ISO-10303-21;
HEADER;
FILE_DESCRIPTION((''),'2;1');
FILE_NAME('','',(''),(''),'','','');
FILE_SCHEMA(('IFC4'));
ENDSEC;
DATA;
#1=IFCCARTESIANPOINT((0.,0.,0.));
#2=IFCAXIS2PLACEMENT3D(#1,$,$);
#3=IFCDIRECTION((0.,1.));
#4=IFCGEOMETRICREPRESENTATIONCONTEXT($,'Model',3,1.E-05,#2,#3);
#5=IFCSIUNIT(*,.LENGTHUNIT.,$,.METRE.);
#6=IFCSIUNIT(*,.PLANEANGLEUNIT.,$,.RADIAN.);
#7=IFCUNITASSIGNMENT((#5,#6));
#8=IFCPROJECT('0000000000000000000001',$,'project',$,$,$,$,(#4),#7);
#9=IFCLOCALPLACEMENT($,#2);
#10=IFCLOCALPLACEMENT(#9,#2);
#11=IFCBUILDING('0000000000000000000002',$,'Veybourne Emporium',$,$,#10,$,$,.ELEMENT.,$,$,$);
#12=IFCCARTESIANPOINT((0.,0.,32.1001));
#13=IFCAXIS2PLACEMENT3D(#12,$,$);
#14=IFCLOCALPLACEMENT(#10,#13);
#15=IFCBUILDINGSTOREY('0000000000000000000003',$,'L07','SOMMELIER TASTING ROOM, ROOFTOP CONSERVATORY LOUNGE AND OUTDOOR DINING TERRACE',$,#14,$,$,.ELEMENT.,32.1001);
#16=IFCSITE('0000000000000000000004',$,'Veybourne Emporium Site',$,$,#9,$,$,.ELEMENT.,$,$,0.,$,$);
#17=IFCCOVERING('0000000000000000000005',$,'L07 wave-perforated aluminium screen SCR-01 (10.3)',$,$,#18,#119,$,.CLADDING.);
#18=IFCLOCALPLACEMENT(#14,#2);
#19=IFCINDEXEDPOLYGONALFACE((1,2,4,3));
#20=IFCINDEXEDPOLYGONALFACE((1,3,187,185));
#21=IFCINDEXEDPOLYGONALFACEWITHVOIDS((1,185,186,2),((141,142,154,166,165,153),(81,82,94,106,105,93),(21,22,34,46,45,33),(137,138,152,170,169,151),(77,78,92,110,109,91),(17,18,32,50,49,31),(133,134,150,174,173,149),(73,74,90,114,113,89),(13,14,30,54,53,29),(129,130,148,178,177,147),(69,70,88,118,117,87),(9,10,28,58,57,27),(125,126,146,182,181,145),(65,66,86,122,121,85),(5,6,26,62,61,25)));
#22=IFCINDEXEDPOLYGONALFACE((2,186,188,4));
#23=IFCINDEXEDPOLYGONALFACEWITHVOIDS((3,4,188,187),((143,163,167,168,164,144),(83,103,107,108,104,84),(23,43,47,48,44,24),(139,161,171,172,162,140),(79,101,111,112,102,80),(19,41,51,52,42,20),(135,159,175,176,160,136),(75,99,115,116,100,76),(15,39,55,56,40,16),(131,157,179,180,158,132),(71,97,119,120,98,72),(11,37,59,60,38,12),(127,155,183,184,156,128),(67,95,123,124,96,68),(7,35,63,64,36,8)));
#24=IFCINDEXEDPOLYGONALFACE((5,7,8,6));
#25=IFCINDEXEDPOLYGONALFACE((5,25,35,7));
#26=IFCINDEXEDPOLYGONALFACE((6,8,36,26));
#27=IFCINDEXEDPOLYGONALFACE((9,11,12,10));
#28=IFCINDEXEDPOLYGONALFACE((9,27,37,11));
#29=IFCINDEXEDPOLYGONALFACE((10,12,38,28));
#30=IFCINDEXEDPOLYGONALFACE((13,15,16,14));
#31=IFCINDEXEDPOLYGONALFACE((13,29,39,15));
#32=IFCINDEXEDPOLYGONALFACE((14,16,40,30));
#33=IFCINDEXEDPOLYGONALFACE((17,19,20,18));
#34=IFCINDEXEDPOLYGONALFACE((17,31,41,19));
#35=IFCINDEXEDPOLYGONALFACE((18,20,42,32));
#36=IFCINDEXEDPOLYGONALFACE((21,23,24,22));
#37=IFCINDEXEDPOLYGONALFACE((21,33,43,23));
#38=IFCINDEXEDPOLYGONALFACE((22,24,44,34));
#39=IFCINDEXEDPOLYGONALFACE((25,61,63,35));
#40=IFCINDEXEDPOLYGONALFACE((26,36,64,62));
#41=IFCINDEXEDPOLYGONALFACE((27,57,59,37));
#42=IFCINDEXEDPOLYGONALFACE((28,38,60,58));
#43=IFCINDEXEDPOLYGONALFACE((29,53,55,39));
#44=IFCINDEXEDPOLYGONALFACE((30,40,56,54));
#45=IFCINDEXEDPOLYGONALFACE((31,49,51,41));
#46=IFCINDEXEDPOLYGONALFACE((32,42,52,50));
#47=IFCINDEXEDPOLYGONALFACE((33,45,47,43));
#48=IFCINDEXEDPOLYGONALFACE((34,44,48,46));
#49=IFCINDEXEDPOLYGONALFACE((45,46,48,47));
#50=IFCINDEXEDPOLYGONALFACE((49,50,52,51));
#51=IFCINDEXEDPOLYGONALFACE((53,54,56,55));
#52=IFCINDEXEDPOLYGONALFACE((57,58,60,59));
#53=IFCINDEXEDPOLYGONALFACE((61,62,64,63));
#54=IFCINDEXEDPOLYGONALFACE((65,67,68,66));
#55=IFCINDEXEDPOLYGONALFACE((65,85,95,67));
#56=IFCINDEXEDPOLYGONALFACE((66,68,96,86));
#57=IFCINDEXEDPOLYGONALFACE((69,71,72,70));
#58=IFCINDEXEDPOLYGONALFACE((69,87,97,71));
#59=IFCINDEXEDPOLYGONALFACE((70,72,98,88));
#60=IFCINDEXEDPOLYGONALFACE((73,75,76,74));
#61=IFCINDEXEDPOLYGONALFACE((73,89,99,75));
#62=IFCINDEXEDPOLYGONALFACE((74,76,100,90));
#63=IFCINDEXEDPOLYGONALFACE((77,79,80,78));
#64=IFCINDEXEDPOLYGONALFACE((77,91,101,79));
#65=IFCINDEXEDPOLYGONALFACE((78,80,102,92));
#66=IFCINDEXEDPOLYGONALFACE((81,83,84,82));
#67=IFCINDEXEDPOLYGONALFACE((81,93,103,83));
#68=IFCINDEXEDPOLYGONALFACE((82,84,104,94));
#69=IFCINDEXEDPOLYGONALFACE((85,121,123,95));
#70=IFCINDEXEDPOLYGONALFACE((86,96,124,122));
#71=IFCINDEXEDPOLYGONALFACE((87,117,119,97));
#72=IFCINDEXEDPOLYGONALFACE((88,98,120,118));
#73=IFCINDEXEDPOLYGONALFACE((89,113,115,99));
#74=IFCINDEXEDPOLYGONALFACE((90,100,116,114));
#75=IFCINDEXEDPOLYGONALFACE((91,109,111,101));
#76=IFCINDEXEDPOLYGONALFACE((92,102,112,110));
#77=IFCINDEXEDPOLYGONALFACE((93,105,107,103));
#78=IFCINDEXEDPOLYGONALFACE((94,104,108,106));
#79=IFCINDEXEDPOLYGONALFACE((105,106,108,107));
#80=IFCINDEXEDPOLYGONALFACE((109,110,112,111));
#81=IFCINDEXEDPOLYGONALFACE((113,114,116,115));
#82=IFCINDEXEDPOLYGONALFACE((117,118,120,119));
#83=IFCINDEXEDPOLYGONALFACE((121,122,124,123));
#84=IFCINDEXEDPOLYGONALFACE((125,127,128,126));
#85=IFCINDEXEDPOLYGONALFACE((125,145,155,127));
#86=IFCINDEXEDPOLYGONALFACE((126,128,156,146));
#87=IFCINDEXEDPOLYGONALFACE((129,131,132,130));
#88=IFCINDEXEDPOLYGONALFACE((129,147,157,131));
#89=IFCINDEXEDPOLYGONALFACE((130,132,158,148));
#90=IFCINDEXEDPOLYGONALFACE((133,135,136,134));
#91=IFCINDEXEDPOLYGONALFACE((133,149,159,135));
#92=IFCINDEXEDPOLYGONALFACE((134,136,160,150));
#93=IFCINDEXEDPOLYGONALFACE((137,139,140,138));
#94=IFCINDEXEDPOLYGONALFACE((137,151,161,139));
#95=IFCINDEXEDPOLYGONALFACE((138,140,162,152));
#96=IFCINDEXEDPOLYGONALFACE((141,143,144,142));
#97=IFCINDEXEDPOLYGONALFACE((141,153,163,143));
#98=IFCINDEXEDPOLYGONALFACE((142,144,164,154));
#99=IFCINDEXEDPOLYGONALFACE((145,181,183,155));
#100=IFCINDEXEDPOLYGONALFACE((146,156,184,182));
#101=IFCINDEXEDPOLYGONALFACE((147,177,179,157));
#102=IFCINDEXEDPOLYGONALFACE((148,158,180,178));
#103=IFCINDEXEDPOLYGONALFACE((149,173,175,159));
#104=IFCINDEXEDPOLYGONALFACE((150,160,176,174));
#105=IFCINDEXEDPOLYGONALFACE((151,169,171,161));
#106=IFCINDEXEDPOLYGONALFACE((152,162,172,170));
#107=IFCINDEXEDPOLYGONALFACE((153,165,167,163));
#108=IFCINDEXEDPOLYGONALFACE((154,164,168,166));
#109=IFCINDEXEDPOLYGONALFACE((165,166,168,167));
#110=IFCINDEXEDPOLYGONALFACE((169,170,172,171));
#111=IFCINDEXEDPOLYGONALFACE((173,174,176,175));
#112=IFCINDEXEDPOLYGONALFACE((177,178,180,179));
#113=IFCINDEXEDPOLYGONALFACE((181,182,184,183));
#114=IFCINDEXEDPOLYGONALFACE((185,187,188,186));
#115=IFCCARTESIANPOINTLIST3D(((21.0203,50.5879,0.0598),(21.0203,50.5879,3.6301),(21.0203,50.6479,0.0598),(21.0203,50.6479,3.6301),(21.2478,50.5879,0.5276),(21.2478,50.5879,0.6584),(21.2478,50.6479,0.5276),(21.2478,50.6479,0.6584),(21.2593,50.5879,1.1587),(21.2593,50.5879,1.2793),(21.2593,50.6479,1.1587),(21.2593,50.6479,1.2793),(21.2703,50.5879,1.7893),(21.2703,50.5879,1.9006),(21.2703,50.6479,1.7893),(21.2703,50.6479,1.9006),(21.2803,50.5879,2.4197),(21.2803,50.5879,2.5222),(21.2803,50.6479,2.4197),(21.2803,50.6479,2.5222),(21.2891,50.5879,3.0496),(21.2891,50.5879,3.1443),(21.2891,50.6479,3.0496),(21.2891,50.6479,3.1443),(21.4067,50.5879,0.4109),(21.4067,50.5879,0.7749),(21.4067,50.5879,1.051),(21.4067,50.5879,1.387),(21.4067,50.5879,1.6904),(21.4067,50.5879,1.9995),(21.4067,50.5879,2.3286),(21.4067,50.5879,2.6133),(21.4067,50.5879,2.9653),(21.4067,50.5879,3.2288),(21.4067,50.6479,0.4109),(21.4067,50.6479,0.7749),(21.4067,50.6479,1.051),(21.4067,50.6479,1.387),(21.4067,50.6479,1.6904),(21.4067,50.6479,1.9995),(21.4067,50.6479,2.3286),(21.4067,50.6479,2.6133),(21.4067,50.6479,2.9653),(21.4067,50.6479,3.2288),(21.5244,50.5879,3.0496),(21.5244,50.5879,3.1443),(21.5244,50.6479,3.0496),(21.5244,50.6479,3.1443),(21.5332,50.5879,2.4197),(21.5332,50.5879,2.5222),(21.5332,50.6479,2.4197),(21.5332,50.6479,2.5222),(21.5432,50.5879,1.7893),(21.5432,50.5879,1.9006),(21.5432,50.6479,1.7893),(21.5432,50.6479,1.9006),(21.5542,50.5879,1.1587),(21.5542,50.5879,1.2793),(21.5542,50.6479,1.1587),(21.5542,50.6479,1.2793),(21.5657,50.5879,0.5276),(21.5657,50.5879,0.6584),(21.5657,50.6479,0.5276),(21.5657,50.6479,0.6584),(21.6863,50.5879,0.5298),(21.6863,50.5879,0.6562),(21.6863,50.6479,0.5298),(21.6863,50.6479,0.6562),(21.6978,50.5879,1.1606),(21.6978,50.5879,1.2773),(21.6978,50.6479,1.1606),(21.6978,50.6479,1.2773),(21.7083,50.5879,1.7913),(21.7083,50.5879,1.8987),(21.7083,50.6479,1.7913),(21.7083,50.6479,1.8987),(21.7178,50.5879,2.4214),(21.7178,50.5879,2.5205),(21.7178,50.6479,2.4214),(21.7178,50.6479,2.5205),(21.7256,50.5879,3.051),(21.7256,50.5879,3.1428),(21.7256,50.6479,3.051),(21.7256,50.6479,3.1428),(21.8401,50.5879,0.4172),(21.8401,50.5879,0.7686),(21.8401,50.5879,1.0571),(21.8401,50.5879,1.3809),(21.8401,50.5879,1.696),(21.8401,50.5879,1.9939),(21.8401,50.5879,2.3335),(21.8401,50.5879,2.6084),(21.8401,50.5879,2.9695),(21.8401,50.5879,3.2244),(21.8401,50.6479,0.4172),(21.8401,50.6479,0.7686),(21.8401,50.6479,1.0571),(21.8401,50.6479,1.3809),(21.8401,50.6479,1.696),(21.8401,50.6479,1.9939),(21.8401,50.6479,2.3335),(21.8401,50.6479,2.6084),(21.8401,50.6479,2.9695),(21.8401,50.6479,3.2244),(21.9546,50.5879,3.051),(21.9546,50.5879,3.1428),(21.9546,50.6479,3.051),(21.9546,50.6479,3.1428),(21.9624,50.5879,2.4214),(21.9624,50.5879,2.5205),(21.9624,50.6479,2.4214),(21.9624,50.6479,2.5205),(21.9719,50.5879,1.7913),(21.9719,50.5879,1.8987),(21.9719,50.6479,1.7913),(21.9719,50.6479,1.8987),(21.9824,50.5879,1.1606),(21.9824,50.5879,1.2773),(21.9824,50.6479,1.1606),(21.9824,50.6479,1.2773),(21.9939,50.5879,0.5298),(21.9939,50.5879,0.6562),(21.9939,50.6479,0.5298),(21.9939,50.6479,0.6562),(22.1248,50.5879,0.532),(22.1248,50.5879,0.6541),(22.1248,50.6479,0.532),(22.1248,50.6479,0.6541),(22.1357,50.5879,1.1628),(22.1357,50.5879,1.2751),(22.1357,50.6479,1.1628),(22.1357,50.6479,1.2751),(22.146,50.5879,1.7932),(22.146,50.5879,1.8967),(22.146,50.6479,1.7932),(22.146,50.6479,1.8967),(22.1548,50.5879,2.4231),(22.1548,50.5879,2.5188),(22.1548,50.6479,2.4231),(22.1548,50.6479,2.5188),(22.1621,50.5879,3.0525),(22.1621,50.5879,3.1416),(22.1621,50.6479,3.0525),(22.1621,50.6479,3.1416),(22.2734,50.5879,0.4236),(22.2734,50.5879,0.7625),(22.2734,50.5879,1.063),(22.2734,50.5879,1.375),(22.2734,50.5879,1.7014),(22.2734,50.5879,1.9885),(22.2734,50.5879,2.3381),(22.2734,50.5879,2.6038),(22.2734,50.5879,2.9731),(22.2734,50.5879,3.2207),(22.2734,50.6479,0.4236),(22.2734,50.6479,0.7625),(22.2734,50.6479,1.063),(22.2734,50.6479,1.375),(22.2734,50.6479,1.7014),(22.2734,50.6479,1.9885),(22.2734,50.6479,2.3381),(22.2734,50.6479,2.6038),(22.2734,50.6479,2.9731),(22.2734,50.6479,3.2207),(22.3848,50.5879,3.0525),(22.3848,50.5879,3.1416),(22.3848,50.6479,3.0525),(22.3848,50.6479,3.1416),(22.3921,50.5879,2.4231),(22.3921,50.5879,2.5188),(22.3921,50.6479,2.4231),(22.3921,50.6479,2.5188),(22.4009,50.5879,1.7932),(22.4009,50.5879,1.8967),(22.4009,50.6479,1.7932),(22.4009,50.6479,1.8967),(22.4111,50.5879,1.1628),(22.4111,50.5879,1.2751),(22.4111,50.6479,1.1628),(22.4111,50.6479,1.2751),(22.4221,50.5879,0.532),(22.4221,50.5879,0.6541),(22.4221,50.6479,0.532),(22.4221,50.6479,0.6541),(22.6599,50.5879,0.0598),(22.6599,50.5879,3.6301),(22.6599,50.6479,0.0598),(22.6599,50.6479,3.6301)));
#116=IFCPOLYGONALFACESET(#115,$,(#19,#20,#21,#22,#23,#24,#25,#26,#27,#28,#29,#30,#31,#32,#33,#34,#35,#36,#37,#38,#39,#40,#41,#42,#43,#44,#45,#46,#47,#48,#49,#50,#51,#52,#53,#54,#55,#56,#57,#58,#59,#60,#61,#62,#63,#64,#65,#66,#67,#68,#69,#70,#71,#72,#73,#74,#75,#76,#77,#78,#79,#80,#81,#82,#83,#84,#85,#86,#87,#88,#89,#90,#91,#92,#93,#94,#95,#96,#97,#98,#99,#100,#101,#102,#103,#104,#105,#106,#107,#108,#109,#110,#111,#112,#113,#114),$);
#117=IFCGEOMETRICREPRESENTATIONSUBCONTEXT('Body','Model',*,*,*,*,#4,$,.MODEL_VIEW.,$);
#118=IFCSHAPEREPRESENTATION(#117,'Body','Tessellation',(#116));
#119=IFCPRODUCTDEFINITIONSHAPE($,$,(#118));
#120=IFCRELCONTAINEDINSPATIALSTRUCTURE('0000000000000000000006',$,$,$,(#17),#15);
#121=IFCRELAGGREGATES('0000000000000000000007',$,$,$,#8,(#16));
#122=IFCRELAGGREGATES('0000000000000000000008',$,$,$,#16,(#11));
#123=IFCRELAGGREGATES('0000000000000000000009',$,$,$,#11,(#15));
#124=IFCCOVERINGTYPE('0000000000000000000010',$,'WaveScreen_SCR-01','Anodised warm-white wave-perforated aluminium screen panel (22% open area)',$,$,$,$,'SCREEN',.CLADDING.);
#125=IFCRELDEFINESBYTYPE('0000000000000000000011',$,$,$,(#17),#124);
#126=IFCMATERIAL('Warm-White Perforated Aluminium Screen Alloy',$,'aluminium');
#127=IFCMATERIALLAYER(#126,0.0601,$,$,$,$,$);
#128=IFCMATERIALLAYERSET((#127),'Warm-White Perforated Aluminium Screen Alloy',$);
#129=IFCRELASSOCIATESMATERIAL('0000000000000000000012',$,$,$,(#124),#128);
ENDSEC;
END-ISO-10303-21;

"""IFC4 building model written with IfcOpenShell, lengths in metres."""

from ifc_helpers import new_model, si_unit, direction, frame, origin, place, context, subcontext, project, spatial, polyline, outline, extrude, material, layer, layer_set, type_object, element, save


model = new_model("IFC4")

# Units and contexts
model_context = context("Model", 3, precision=1e-05, world=origin(), true_north=direction((0.0, 1.0)))
body_context = subcontext(model_context, "Body", "Model", "MODEL_VIEW")
ifc_project = project(units=[si_unit("LENGTHUNIT", "METRE"), si_unit("PLANEANGLEUNIT", "RADIAN")], contexts=[model_context])

# Site, building, storey
site_placement = place(None, origin())
site = spatial("IfcSite", under=ifc_project, at=site_placement, Name="Veybourne Emporium Site", CompositionType="ELEMENT", RefElevation=0.0)
building_placement = place(site_placement, origin())
building = spatial("IfcBuilding", under=site, at=building_placement, Name="Veybourne Emporium", CompositionType="ELEMENT")
storey_placement = place(building_placement, frame((0.0, 0.0, 32.1001)))
storey = spatial("IfcBuildingStorey", under=building, at=storey_placement, Name="L07", Description="SOMMELIER TASTING ROOM, ROOFTOP CONSERVATORY LOUNGE AND OUTDOOR DINING TERRACE", CompositionType="ELEMENT", Elevation=32.1001)

# Covering
ifc_material_1 = material(Name="Warm-White Perforated Aluminium Screen Alloy", Category="aluminium")
ifc_layer_1 = layer(ifc_material_1, 0.0601)
ifc_layer_set_1 = layer_set([ifc_layer_1], Name="Warm-White Perforated Aluminium Screen Alloy")
covering_type_1 = type_object("IfcCoveringType", Name="WaveScreen_SCR-01", Description="Anodised warm-white wave-perforated aluminium screen panel (22% open area)", ElementType="SCREEN", PredefinedType="CLADDING", material=ifc_layer_set_1)
covering_1_placement = place(storey_placement, frame((21.8401, 50.6479, 1.845), z_axis=(0.0, -1.0, 0.0), x_axis=(1.0, 0.0, 0.0)))
element("IfcCovering", 1, at=covering_1_placement, inside=storey, type_object=covering_type_1, Name="L07 wave-perforated aluminium screen SCR-01 (10.3)", PredefinedType="CLADDING", context=body_context, shape_type="SweptSolid", body=[
    extrude(outline(polyline([(-0.8198, -1.7852), (0.8198, -1.7852), (0.8198, 1.7852), (-0.8198, 1.7852), (-0.8198, -1.7852)]), holes=[polyline([(-0.4333, -1.0701), (-0.2744, -1.1865), (-0.2744, -1.3174), (-0.4333, -1.4341), (-0.5923, -1.3174), (-0.5923, -1.1865), (-0.4333, -1.0701)]), polyline([(-0.4333, -0.458), (-0.2859, -0.5657), (-0.2859, -0.6863), (-0.4333, -0.7939), (-0.5808, -0.6863), (-0.5808, -0.5657), (-0.4333, -0.458)]), polyline([(-0.4333, 0.1545), (-0.2969, 0.0557), (-0.2969, -0.0557), (-0.4333, -0.1545), (-0.5698, -0.0557), (-0.5698, 0.0557), (-0.4333, 0.1545)]), polyline([(-0.4333, 0.7683), (-0.3069, 0.6772), (-0.3069, 0.5747), (-0.4333, 0.4836), (-0.5598, 0.5747), (-0.5598, 0.6772), (-0.4333, 0.7683)]), polyline([(-0.4333, 1.3838), (-0.3157, 1.2993), (-0.3157, 1.2046), (-0.4333, 1.1204), (-0.551, 1.2046), (-0.551, 1.2993), (-0.4333, 1.3838)]), polyline([(0.0, -1.0764), (0.1538, -1.1887), (0.1538, -1.3152), (0.0, -1.4277), (-0.1538, -1.3152), (-0.1538, -1.1887), (0.0, -1.0764)]), polyline([(0.0, -0.4641), (0.1423, -0.5676), (0.1423, -0.6843), (0.0, -0.7878), (-0.1423, -0.6843), (-0.1423, -0.5676), (0.0, -0.4641)]), polyline([(0.0, 0.1489), (0.1318, 0.0537), (0.1318, -0.0537), (0.0, -0.1489), (-0.1318, -0.0537), (-0.1318, 0.0537), (0.0, 0.1489)]), polyline([(0.0, 0.7634), (0.1223, 0.6755), (0.1223, 0.5764), (0.0, 0.4885), (-0.1223, 0.5764), (-0.1223, 0.6755), (0.0, 0.7634)]), polyline([(0.0, 1.3794), (0.1145, 1.2979), (0.1145, 1.2061), (0.0, 1.1245), (-0.1145, 1.2061), (-0.1145, 1.2979), (0.0, 1.3794)]), polyline([(0.4333, -1.0825), (0.582, -1.1909), (0.582, -1.313), (0.4333, -1.4214), (0.2847, -1.313), (0.2847, -1.1909), (0.4333, -1.0825)]), polyline([(0.4333, -0.47), (0.571, -0.5698), (0.571, -0.6821), (0.4333, -0.782), (0.2957, -0.6821), (0.2957, -0.5698), (0.4333, -0.47)]), polyline([(0.4333, 0.1436), (0.5608, 0.0518), (0.5608, -0.0518), (0.4333, -0.1436), (0.3059, -0.0518), (0.3059, 0.0518), (0.4333, 0.1436)]), polyline([(0.4333, 0.7588), (0.552, 0.6738), (0.552, 0.5781), (0.4333, 0.4932), (0.3147, 0.5781), (0.3147, 0.6738), (0.4333, 0.7588)]), polyline([(0.4333, 1.3757), (0.5447, 1.2966), (0.5447, 1.2075), (0.4333, 1.1282), (0.322, 1.2075), (0.322, 1.2966), (0.4333, 1.3757)])]), origin(), (0.0, 0.0, 1.0), 0.0601),
])

save(model, "model.ifc")
